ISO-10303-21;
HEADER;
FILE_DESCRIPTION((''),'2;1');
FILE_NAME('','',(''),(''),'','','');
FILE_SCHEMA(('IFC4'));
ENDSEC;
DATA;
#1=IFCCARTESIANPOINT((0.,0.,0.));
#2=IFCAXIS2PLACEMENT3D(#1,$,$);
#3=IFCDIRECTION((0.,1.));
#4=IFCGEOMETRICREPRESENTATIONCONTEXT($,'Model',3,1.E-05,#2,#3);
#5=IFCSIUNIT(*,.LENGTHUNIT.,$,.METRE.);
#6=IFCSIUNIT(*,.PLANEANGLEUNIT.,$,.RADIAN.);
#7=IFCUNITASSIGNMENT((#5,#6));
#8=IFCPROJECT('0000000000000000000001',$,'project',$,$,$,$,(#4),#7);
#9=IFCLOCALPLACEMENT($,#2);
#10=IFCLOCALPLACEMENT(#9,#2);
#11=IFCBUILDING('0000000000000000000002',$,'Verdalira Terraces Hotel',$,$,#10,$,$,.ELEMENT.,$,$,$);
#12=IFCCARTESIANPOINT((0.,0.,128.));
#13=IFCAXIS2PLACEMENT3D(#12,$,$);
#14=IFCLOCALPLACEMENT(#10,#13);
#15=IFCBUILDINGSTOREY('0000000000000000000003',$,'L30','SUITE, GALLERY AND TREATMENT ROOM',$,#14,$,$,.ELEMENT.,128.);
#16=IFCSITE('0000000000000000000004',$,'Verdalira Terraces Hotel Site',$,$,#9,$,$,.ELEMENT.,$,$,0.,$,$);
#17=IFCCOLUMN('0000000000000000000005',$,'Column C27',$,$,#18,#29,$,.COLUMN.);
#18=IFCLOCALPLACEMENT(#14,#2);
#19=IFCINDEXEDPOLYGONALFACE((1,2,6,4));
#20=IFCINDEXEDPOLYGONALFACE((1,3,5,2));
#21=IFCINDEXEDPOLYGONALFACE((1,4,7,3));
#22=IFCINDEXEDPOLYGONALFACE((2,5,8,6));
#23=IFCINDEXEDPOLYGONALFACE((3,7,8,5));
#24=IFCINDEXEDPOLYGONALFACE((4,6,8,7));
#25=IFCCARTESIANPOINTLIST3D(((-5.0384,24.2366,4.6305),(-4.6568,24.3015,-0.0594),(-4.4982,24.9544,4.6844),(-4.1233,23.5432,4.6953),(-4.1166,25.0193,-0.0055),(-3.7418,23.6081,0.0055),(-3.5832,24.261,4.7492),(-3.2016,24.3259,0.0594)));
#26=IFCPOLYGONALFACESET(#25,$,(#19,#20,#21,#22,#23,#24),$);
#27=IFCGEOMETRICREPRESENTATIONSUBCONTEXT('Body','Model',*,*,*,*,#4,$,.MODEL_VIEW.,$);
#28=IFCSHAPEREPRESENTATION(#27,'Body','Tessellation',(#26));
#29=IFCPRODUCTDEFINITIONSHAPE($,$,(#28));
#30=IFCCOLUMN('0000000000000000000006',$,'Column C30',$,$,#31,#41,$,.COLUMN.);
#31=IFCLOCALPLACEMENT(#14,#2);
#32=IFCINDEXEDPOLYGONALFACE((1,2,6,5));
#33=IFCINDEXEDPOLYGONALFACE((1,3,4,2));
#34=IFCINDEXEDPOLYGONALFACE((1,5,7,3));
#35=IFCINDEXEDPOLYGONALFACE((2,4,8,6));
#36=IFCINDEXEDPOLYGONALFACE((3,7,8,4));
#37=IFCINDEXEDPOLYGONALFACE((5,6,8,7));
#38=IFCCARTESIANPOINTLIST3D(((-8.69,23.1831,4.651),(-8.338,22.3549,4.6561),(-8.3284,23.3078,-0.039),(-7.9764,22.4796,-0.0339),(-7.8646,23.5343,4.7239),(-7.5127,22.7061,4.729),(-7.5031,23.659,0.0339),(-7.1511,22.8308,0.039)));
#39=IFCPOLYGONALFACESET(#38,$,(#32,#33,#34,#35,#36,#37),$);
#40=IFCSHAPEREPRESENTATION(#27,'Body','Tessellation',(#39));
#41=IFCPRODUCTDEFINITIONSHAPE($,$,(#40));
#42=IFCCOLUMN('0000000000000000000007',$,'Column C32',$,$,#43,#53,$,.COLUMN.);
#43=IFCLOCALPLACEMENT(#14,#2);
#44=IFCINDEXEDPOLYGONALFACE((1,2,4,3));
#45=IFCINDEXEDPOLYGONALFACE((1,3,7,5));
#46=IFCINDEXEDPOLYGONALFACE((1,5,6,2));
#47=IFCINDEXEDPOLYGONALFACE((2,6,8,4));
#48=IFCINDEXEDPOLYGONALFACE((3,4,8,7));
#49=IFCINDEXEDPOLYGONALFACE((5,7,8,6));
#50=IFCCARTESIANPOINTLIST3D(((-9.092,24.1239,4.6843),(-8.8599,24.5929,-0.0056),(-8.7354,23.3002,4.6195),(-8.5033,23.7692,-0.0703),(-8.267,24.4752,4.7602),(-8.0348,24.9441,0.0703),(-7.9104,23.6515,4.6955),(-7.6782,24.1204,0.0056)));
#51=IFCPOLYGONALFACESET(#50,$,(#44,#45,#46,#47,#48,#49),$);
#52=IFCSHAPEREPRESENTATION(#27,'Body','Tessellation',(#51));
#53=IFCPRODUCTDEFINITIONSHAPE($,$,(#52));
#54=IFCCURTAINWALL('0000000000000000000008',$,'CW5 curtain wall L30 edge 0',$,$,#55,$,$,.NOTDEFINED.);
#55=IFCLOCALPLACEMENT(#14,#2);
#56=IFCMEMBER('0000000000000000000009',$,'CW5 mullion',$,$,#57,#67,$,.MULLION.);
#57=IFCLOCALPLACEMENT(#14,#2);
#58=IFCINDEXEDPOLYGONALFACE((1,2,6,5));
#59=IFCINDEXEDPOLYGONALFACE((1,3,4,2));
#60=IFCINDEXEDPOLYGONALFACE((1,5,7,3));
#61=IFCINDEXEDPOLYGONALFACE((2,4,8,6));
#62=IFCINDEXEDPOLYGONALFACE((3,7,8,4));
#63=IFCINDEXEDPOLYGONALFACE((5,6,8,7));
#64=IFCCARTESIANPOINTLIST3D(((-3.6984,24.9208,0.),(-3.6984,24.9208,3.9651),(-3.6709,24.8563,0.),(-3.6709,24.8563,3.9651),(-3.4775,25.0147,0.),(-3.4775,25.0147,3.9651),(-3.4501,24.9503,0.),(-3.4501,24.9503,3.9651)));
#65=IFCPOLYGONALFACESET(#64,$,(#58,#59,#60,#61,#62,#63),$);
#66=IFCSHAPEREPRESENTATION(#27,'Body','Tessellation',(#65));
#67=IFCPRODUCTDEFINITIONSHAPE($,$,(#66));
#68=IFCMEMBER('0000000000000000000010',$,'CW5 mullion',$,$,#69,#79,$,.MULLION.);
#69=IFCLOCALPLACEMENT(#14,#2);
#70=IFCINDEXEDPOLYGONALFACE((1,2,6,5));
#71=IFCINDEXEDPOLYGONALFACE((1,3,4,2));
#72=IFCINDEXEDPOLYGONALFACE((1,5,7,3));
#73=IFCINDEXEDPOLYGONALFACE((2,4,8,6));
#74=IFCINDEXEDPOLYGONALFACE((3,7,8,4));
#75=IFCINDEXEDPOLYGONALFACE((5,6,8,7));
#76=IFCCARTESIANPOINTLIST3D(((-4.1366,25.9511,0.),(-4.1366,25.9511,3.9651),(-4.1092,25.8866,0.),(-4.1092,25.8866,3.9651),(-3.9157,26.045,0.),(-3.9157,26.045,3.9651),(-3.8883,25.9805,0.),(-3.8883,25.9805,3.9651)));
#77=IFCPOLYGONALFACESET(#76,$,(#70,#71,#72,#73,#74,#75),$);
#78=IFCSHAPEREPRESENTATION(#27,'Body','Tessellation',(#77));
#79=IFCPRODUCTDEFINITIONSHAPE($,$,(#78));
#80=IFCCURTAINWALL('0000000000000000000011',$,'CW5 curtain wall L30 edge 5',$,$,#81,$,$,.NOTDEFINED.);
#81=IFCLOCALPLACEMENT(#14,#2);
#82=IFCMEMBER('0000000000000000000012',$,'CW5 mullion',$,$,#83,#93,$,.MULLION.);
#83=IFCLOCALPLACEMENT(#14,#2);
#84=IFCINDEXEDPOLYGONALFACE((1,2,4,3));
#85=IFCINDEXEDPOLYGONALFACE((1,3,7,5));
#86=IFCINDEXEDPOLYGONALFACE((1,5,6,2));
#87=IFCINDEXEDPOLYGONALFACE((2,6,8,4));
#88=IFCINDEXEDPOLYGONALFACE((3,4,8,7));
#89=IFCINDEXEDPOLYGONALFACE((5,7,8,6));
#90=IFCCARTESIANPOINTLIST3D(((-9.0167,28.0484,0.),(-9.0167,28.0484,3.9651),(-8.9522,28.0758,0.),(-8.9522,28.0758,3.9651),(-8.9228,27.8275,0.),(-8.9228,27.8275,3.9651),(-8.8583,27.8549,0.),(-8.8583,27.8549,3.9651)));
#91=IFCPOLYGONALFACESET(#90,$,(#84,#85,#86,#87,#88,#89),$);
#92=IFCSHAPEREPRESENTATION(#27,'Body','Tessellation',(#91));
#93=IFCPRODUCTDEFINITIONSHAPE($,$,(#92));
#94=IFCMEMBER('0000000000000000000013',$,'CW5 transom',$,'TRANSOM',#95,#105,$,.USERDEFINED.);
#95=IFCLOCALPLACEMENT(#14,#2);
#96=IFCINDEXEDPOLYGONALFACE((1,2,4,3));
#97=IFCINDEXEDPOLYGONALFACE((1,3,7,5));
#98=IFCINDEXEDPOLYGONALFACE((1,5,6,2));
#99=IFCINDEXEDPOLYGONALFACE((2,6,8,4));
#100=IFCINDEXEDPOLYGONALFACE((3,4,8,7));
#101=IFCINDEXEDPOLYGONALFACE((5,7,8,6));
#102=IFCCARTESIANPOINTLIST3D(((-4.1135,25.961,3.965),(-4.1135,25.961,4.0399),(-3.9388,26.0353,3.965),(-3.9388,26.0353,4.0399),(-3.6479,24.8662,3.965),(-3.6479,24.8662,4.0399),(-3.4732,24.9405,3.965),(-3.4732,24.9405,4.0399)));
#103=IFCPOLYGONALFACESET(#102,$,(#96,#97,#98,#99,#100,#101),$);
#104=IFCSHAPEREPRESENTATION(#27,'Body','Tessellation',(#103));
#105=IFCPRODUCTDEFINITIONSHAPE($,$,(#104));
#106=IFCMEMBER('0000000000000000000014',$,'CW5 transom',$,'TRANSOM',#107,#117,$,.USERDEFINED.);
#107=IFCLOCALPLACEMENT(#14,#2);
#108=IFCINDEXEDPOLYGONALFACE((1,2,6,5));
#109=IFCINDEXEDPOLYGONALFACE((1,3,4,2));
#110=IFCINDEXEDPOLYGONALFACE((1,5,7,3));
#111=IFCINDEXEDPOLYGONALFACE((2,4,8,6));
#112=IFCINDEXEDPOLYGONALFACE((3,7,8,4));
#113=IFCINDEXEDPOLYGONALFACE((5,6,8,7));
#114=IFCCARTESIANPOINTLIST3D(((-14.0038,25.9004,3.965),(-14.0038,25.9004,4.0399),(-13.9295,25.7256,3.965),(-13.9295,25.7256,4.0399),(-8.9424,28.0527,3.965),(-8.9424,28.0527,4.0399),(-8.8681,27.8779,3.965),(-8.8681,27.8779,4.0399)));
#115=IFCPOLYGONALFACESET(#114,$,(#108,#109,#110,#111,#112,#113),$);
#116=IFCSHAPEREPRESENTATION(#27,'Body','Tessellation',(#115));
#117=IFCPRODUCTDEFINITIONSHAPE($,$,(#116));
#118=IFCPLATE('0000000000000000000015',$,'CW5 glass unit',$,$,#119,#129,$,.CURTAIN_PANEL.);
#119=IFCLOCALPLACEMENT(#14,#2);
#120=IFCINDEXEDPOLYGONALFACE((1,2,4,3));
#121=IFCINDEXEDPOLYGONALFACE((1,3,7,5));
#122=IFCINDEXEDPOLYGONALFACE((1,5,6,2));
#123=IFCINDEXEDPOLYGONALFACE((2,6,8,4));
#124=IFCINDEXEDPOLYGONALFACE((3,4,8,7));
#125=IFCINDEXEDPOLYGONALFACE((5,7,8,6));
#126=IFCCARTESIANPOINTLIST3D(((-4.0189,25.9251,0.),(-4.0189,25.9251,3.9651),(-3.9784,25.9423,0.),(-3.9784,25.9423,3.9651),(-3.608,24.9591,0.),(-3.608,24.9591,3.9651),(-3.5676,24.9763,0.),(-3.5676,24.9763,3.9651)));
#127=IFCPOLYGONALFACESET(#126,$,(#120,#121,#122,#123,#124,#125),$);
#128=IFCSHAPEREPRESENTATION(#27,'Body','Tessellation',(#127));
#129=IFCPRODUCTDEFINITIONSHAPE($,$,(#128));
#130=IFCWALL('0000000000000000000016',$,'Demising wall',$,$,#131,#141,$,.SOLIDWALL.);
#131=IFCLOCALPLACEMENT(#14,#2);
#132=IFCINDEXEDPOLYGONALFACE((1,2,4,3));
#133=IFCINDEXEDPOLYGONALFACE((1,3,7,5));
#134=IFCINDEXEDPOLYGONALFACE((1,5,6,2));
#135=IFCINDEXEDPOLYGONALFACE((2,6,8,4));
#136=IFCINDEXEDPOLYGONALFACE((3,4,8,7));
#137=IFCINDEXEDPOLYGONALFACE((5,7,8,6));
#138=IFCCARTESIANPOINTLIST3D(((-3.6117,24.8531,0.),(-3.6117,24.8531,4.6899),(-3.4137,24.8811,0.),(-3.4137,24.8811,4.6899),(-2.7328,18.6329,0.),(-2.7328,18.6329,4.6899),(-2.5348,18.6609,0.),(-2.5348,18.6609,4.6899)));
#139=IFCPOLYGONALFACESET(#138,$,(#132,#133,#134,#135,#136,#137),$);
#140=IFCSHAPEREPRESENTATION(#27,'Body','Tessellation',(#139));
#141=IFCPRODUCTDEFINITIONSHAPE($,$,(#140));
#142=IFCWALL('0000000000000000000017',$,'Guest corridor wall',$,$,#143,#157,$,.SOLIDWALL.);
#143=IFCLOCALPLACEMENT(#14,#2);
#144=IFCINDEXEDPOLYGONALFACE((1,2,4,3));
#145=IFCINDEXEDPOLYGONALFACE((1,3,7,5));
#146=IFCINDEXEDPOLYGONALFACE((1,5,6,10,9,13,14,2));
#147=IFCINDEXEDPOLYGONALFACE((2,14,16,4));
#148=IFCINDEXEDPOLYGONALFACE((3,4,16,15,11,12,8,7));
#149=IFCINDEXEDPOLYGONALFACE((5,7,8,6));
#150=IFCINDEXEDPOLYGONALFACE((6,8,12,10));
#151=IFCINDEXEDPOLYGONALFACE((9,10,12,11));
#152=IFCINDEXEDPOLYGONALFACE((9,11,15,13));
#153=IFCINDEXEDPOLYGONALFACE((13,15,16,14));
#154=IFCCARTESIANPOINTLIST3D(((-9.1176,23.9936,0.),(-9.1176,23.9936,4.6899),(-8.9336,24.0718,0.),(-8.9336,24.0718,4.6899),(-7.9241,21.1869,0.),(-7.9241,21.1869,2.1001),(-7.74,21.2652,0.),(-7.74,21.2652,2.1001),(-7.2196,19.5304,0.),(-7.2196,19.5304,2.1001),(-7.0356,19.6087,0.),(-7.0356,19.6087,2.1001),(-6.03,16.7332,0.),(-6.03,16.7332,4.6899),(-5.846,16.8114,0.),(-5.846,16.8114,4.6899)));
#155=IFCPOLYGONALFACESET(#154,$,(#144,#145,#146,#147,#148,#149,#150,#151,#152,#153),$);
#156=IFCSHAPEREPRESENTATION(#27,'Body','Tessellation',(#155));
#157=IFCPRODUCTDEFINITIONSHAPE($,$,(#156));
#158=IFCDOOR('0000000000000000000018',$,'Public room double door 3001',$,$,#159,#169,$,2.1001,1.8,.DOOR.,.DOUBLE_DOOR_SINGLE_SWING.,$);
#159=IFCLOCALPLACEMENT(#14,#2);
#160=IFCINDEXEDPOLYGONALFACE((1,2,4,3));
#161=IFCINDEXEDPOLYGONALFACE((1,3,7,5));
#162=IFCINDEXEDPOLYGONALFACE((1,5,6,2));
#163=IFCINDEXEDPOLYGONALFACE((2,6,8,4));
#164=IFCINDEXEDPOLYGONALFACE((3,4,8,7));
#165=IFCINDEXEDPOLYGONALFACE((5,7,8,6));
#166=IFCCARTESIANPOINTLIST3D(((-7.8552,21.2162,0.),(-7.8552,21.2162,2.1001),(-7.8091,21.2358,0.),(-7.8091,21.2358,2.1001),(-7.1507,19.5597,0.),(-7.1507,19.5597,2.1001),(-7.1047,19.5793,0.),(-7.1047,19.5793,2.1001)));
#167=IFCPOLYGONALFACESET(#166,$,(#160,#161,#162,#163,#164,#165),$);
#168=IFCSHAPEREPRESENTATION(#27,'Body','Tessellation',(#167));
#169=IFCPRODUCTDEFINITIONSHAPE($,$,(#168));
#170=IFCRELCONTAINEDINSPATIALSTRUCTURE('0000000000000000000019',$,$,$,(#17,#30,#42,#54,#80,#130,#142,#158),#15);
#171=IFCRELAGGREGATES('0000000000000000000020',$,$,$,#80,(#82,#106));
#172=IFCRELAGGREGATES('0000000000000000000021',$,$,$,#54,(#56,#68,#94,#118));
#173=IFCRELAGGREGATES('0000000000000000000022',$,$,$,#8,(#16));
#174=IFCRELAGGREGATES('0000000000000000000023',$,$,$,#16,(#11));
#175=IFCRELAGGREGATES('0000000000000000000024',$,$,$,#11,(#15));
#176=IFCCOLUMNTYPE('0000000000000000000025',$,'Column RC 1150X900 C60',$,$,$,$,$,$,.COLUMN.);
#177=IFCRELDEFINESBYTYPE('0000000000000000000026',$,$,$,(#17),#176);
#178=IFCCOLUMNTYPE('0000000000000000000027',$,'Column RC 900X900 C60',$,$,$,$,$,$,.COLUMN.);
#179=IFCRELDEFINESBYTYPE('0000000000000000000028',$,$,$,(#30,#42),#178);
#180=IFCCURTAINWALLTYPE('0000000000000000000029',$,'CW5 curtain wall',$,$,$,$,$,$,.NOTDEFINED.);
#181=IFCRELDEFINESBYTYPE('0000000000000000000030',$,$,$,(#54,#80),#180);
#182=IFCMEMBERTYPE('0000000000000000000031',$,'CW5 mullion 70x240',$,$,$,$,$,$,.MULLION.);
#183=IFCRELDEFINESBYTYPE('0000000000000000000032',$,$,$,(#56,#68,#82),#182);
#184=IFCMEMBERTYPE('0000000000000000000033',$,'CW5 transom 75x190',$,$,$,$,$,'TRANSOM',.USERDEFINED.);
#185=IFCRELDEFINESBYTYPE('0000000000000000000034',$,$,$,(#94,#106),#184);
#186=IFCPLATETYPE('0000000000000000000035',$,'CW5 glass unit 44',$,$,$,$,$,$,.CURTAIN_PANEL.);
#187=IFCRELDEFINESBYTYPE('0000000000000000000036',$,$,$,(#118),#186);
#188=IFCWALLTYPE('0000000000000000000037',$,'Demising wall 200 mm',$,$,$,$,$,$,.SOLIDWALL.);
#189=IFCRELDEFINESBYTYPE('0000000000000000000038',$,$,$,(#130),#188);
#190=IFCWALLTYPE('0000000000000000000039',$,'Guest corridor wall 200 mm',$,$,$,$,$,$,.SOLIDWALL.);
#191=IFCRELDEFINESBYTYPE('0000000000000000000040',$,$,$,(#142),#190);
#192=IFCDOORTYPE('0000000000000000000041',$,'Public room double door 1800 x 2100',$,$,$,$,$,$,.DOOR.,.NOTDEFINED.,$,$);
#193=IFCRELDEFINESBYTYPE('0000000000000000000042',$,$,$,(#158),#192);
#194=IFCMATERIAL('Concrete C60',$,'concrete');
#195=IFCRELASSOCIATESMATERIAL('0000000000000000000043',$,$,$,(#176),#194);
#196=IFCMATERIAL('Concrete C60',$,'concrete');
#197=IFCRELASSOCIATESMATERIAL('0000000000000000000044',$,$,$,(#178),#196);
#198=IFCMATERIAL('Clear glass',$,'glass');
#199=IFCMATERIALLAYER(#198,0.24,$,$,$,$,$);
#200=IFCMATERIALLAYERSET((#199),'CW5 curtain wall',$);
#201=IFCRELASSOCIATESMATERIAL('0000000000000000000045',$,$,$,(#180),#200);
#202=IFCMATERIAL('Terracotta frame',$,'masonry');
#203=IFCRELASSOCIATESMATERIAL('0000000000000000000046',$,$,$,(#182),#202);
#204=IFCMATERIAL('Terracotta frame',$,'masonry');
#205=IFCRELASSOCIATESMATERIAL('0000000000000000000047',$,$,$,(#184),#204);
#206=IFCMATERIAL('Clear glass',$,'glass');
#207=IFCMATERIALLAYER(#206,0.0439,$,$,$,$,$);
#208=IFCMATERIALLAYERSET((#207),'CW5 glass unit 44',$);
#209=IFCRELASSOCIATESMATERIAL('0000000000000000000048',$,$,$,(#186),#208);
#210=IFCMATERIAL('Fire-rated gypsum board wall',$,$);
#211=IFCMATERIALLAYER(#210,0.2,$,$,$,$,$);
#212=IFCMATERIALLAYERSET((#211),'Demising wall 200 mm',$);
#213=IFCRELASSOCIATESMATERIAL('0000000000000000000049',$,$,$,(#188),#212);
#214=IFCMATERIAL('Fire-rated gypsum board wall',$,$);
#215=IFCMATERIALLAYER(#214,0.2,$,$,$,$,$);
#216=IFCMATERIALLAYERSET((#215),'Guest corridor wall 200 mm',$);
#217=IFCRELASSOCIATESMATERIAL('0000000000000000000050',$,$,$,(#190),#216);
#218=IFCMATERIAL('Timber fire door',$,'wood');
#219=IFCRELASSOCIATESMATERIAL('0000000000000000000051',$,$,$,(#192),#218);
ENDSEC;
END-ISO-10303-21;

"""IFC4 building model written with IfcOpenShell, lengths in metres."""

from ifc_helpers import new_model, si_unit, direction, frame, frame_2d, origin, origin_2d, place, context, subcontext, project, spatial, rectangle, extrude, material, layer, layer_set, material_profile, profile_set, type_object, element, fill, aggregate, save


model = new_model("IFC4")

# Units and contexts
model_context = context("Model", 3, precision=1e-05, world=origin(), true_north=direction((0.0, 1.0)))
body_context = subcontext(model_context, "Body", "Model", "MODEL_VIEW")
ifc_project = project(units=[si_unit("LENGTHUNIT", "METRE"), si_unit("PLANEANGLEUNIT", "RADIAN")], contexts=[model_context])

# Site, building, storey
site_placement = place(None, origin())
site = spatial("IfcSite", under=ifc_project, at=site_placement, Name="Verdalira Terraces Hotel Site", CompositionType="ELEMENT", RefElevation=0.0)
building_placement = place(site_placement, origin())
building = spatial("IfcBuilding", under=site, at=building_placement, Name="Verdalira Terraces Hotel", CompositionType="ELEMENT")
storey_placement = place(building_placement, frame((0.0, 0.0, 128.0)))
storey = spatial("IfcBuildingStorey", under=building, at=storey_placement, Name="L30", Description="SUITE, GALLERY AND TREATMENT ROOM", CompositionType="ELEMENT", Elevation=128.0)

# Columns
ifc_material_1 = material(Name="Concrete C60", Category="concrete")
ifc_material_profile_1 = material_profile(ifc_material_1, rectangle(XDim=1.1499, YDim=0.8999, at=origin_2d()), Name="RC 1150X900")
ifc_profile_set_1 = profile_set([ifc_material_profile_1], Name="Concrete C60")
column_type_1 = type_object("IfcColumnType", Name="Column RC 1150X900 C60", PredefinedType="COLUMN", material=ifc_profile_set_1)
column_1_placement = place(storey_placement, frame((-3.9292, 24.3137, 0.0), z_axis=(-0.081088, -0.0138, 0.996611), x_axis=(0.795731, -0.603019, 0.056394)))
element("IfcColumn", 1, at=column_1_placement, inside=storey, type_object=column_type_1, Name="Column C27", PredefinedType="COLUMN", context=body_context, shape_type="SweptSolid", body=[
    extrude(rectangle(XDim=1.1499, YDim=0.8999, at=origin_2d()), origin(), (0.0, 0.0, 1.0), 4.7058),
])
ifc_material_2 = material(Name="Concrete C60", Category="concrete")
ifc_material_profile_2 = material_profile(ifc_material_2, rectangle(XDim=0.8999, YDim=0.8999, at=origin_2d()), Name="RC 900X900")
ifc_profile_set_2 = profile_set([ifc_material_profile_2], Name="Concrete C60")
column_type_2 = type_object("IfcColumnType", Name="Column RC 900X900 C60", PredefinedType="COLUMN", material=ifc_profile_set_2)
column_2_placement = place(storey_placement, frame((-7.7397, 23.0693, 0.0), z_axis=(-0.07684, -0.026513, 0.996691), x_axis=(-0.391101, 0.92033, -0.005671)))
element("IfcColumn", 2, at=column_2_placement, inside=storey, type_object=column_type_2, Name="Column C30", PredefinedType="COLUMN", context=body_context, shape_type="SweptSolid", body=[
    extrude(rectangle(XDim=0.8999, YDim=0.8999, at=origin_2d()), origin(), (0.0, 0.0, 1.0), 4.7056),
])
column_3_placement = place(storey_placement, frame((-8.269, 24.3567, 0.0), z_axis=(-0.0492, -0.099383, 0.993832), x_axis=(-0.396253, 0.91532, 0.071915)))
element("IfcColumn", 3, at=column_3_placement, inside=storey, type_object=column_type_2, Name="Column C32", PredefinedType="COLUMN", context=body_context, shape_type="SweptSolid", body=[
    extrude(rectangle(XDim=0.8999, YDim=0.8999, at=origin_2d()), origin(), (0.0, 0.0, 1.0), 4.719),
])

# Curtain wall, members
ifc_material_3 = material(Name="Clear glass", Category="glass")
ifc_layer_1 = layer(ifc_material_3, 0.24)
ifc_layer_set_1 = layer_set([ifc_layer_1], Name="CW5 curtain wall")
curtain_wall_type = type_object("IfcCurtainWallType", Name="CW5 curtain wall", PredefinedType="NOTDEFINED", material=ifc_layer_set_1)
curtain_wall_1_placement = place(storey_placement, origin())
curtain_wall_1 = element("IfcCurtainWall", 4, at=curtain_wall_1_placement, inside=storey, type_object=curtain_wall_type, Name="CW5 curtain wall L30 edge 0", PredefinedType="NOTDEFINED")
ifc_material_4 = material(Name="Terracotta frame", Category="masonry")
ifc_material_profile_3 = material_profile(ifc_material_4, rectangle(XDim=0.0701, YDim=0.24, at=origin_2d()), Name="MU 70x240")
ifc_profile_set_3 = profile_set([ifc_material_profile_3], Name="Terracotta frame")
member_type_1 = type_object("IfcMemberType", Name="CW5 mullion 70x240", PredefinedType="MULLION", material=ifc_profile_set_3)
member_1_placement = place(storey_placement, frame((-3.5742, 24.9355, 0.0), z_axis=(0.0, 0.0, 1.0), x_axis=(-0.391374, 0.920232, 0.0)))
member_1 = element("IfcMember", 5, at=member_1_placement, type_object=member_type_1, Name="CW5 mullion", PredefinedType="MULLION", context=body_context, shape_type="SweptSolid", body=[
    extrude(rectangle(XDim=0.0701, YDim=0.24, at=origin_2d()), origin(), (0.0, 0.0, 1.0), 3.9651),
])
member_2_placement = place(storey_placement, frame((-4.0125, 25.9658, 0.0), z_axis=(0.0, 0.0, 1.0), x_axis=(-0.391374, 0.920232, 0.0)))
member_2 = element("IfcMember", 6, at=member_2_placement, type_object=member_type_1, Name="CW5 mullion", PredefinedType="MULLION", context=body_context, shape_type="SweptSolid", body=[
    extrude(rectangle(XDim=0.0701, YDim=0.24, at=origin_2d()), origin(), (0.0, 0.0, 1.0), 3.9651),
])

# Curtain wall, member
curtain_wall_2_placement = place(storey_placement, origin())
curtain_wall_2 = element("IfcCurtainWall", 7, at=curtain_wall_2_placement, inside=storey, type_object=curtain_wall_type, Name="CW5 curtain wall L30 edge 5", PredefinedType="NOTDEFINED")
member_3_placement = place(storey_placement, frame((-8.9375, 27.9517, 0.0), z_axis=(0.0, 0.0, 1.0), x_axis=(-0.920232, -0.391374, 0.0)))
member_3 = element("IfcMember", 8, at=member_3_placement, type_object=member_type_1, Name="CW5 mullion", PredefinedType="MULLION", context=body_context, shape_type="SweptSolid", body=[
    extrude(rectangle(XDim=0.0701, YDim=0.24, at=origin_2d()), origin(), (0.0, 0.0, 1.0), 3.9651),
])

# Members
ifc_material_5 = material(Name="Terracotta frame", Category="masonry")
ifc_material_profile_4 = material_profile(ifc_material_5, rectangle(XDim=0.1899, YDim=0.075, at=origin_2d()), Name="TR 75x190")
ifc_profile_set_4 = profile_set([ifc_material_profile_4], Name="Terracotta frame")
member_type_2 = type_object("IfcMemberType", Name="CW5 transom 75x190", ElementType="TRANSOM", PredefinedType="USERDEFINED", material=ifc_profile_set_4)
member_4_placement = place(storey_placement, frame((-3.5605, 24.9033, 4.0024), z_axis=(-0.391367, 0.920235, 0.0), x_axis=(-0.920235, -0.391367, 0.0)))
member_4 = element("IfcMember", 9, at=member_4_placement, type_object=member_type_2, Name="CW5 transom", ObjectType="TRANSOM", PredefinedType="USERDEFINED", context=body_context, shape_type="SweptSolid", body=[
    extrude(rectangle(XDim=0.1899, YDim=0.075, at=origin_2d()), origin(), (0.0, 0.0, 1.0), 1.1897),
])
member_5_placement = place(storey_placement, frame((-8.9053, 27.9653, 4.0024), z_axis=(-0.920246, -0.391341, 0.0), x_axis=(0.391341, -0.920246, 0.0)))
member_5 = element("IfcMember", 10, at=member_5_placement, type_object=member_type_2, Name="CW5 transom", ObjectType="TRANSOM", PredefinedType="USERDEFINED", context=body_context, shape_type="SweptSolid", body=[
    extrude(rectangle(XDim=0.1899, YDim=0.075, at=origin_2d()), origin(), (0.0, 0.0, 1.0), 5.5),
])
aggregate(curtain_wall_2, [member_3, member_5])

# Plate
ifc_material_6 = material(Name="Clear glass", Category="glass")
ifc_layer_2 = layer(ifc_material_6, 0.0439)
ifc_layer_set_2 = layer_set([ifc_layer_2], Name="CW5 glass unit 44")
plate_type = type_object("IfcPlateType", Name="CW5 glass unit 44", PredefinedType="CURTAIN_PANEL", material=ifc_layer_set_2)
plate_placement = place(storey_placement, frame((-3.7932, 25.4507, 0.0), z_axis=(0.0, 0.0, 1.0), x_axis=(-0.391374, 0.920232, 0.0)))
plate = element("IfcPlate", 11, at=plate_placement, type_object=plate_type, Name="CW5 glass unit", PredefinedType="CURTAIN_PANEL", context=body_context, shape_type="SweptSolid", body=[
    extrude(rectangle(XDim=1.0498, YDim=0.0439, at=origin_2d()), origin(), (0.0, 0.0, 1.0), 3.9651),
])
aggregate(curtain_wall_1, [member_1, member_2, member_4, plate])

# Wall
ifc_material_7 = material(Name="Fire-rated gypsum board wall")
ifc_layer_3 = layer(ifc_material_7, 0.2)
ifc_layer_set_3 = layer_set([ifc_layer_3], Name="Demising wall 200 mm")
wall_type_1 = type_object("IfcWallType", Name="Demising wall 200 mm", PredefinedType="SOLIDWALL", material=ifc_layer_set_3)
wall_1_placement = place(storey_placement, frame((-3.5127, 24.8672, 0.0), z_axis=(0.0, 0.0, 1.0), x_axis=(0.139909, -0.990164, 0.0)))
element("IfcWall", 12, at=wall_1_placement, inside=storey, type_object=wall_type_1, Name="Demising wall", PredefinedType="SOLIDWALL", context=body_context, shape_type="SweptSolid", body=[
    extrude(rectangle(XDim=6.282, YDim=0.2, at=frame_2d((3.1411, 0.0))), origin(), (0.0, 0.0, 1.0), 4.6899),
])

# Wall, opening, door
ifc_material_8 = material(Name="Fire-rated gypsum board wall")
ifc_layer_4 = layer(ifc_material_8, 0.2)
ifc_layer_set_4 = layer_set([ifc_layer_4], Name="Guest corridor wall 200 mm")
wall_type_2 = type_object("IfcWallType", Name="Guest corridor wall 200 mm", PredefinedType="SOLIDWALL", material=ifc_layer_set_4)
wall_2_placement = place(storey_placement, frame((-9.0256, 24.0327, 0.0), z_axis=(0.0, 0.0, 1.0), x_axis=(0.391348, -0.920243, 0.0)))
wall_2 = element("IfcWall", 13, at=wall_2_placement, inside=storey, type_object=wall_type_2, Name="Guest corridor wall", PredefinedType="SOLIDWALL", context=body_context, shape_type="SweptSolid", body=[
    extrude(rectangle(XDim=7.8896, YDim=0.2, at=frame_2d((3.9448, 0.0))), origin(), (0.0, 0.0, 1.0), 4.6899),
])
opening_placement = place(wall_2_placement, frame((3.05, 0.0, 0.0)))
opening = element("IfcOpeningElement", 14, at=opening_placement, cuts=wall_2, PredefinedType="OPENING", context=body_context, shape_type="SweptSolid", body=[
    extrude(rectangle(XDim=1.8, YDim=2.1001, at=frame_2d((0.8999, 1.05))), frame((0.0, 0.1099, 0.0), z_axis=(0.0, -1.0, 0.0), x_axis=(1.0, 0.0, 0.0)), (0.0, 0.0, 1.0), 0.22),
])
ifc_material_9 = material(Name="Timber fire door", Category="wood")
door_type = type_object("IfcDoorType", Name="Public room double door 1800 x 2100", OperationType="NOTDEFINED", PredefinedType="DOOR", material=ifc_material_9)
door_placement = place(opening_placement, origin())
door = element("IfcDoor", 15, at=door_placement, inside=storey, type_object=door_type, Name="Public room double door 3001", OperationType="DOUBLE_DOOR_SINGLE_SWING", OverallHeight=2.1001, OverallWidth=1.8, PredefinedType="DOOR", context=body_context, shape_type="SweptSolid", body=[
    extrude(rectangle(XDim=1.8, YDim=2.1001, at=frame_2d((0.8999, 1.05))), frame((0.0, 0.0249, 0.0), z_axis=(0.0, -1.0, 0.0), x_axis=(1.0, 0.0, 0.0)), (0.0, 0.0, 1.0), 0.05),
])
fill(opening, door)

save(model, "model.ifc")
